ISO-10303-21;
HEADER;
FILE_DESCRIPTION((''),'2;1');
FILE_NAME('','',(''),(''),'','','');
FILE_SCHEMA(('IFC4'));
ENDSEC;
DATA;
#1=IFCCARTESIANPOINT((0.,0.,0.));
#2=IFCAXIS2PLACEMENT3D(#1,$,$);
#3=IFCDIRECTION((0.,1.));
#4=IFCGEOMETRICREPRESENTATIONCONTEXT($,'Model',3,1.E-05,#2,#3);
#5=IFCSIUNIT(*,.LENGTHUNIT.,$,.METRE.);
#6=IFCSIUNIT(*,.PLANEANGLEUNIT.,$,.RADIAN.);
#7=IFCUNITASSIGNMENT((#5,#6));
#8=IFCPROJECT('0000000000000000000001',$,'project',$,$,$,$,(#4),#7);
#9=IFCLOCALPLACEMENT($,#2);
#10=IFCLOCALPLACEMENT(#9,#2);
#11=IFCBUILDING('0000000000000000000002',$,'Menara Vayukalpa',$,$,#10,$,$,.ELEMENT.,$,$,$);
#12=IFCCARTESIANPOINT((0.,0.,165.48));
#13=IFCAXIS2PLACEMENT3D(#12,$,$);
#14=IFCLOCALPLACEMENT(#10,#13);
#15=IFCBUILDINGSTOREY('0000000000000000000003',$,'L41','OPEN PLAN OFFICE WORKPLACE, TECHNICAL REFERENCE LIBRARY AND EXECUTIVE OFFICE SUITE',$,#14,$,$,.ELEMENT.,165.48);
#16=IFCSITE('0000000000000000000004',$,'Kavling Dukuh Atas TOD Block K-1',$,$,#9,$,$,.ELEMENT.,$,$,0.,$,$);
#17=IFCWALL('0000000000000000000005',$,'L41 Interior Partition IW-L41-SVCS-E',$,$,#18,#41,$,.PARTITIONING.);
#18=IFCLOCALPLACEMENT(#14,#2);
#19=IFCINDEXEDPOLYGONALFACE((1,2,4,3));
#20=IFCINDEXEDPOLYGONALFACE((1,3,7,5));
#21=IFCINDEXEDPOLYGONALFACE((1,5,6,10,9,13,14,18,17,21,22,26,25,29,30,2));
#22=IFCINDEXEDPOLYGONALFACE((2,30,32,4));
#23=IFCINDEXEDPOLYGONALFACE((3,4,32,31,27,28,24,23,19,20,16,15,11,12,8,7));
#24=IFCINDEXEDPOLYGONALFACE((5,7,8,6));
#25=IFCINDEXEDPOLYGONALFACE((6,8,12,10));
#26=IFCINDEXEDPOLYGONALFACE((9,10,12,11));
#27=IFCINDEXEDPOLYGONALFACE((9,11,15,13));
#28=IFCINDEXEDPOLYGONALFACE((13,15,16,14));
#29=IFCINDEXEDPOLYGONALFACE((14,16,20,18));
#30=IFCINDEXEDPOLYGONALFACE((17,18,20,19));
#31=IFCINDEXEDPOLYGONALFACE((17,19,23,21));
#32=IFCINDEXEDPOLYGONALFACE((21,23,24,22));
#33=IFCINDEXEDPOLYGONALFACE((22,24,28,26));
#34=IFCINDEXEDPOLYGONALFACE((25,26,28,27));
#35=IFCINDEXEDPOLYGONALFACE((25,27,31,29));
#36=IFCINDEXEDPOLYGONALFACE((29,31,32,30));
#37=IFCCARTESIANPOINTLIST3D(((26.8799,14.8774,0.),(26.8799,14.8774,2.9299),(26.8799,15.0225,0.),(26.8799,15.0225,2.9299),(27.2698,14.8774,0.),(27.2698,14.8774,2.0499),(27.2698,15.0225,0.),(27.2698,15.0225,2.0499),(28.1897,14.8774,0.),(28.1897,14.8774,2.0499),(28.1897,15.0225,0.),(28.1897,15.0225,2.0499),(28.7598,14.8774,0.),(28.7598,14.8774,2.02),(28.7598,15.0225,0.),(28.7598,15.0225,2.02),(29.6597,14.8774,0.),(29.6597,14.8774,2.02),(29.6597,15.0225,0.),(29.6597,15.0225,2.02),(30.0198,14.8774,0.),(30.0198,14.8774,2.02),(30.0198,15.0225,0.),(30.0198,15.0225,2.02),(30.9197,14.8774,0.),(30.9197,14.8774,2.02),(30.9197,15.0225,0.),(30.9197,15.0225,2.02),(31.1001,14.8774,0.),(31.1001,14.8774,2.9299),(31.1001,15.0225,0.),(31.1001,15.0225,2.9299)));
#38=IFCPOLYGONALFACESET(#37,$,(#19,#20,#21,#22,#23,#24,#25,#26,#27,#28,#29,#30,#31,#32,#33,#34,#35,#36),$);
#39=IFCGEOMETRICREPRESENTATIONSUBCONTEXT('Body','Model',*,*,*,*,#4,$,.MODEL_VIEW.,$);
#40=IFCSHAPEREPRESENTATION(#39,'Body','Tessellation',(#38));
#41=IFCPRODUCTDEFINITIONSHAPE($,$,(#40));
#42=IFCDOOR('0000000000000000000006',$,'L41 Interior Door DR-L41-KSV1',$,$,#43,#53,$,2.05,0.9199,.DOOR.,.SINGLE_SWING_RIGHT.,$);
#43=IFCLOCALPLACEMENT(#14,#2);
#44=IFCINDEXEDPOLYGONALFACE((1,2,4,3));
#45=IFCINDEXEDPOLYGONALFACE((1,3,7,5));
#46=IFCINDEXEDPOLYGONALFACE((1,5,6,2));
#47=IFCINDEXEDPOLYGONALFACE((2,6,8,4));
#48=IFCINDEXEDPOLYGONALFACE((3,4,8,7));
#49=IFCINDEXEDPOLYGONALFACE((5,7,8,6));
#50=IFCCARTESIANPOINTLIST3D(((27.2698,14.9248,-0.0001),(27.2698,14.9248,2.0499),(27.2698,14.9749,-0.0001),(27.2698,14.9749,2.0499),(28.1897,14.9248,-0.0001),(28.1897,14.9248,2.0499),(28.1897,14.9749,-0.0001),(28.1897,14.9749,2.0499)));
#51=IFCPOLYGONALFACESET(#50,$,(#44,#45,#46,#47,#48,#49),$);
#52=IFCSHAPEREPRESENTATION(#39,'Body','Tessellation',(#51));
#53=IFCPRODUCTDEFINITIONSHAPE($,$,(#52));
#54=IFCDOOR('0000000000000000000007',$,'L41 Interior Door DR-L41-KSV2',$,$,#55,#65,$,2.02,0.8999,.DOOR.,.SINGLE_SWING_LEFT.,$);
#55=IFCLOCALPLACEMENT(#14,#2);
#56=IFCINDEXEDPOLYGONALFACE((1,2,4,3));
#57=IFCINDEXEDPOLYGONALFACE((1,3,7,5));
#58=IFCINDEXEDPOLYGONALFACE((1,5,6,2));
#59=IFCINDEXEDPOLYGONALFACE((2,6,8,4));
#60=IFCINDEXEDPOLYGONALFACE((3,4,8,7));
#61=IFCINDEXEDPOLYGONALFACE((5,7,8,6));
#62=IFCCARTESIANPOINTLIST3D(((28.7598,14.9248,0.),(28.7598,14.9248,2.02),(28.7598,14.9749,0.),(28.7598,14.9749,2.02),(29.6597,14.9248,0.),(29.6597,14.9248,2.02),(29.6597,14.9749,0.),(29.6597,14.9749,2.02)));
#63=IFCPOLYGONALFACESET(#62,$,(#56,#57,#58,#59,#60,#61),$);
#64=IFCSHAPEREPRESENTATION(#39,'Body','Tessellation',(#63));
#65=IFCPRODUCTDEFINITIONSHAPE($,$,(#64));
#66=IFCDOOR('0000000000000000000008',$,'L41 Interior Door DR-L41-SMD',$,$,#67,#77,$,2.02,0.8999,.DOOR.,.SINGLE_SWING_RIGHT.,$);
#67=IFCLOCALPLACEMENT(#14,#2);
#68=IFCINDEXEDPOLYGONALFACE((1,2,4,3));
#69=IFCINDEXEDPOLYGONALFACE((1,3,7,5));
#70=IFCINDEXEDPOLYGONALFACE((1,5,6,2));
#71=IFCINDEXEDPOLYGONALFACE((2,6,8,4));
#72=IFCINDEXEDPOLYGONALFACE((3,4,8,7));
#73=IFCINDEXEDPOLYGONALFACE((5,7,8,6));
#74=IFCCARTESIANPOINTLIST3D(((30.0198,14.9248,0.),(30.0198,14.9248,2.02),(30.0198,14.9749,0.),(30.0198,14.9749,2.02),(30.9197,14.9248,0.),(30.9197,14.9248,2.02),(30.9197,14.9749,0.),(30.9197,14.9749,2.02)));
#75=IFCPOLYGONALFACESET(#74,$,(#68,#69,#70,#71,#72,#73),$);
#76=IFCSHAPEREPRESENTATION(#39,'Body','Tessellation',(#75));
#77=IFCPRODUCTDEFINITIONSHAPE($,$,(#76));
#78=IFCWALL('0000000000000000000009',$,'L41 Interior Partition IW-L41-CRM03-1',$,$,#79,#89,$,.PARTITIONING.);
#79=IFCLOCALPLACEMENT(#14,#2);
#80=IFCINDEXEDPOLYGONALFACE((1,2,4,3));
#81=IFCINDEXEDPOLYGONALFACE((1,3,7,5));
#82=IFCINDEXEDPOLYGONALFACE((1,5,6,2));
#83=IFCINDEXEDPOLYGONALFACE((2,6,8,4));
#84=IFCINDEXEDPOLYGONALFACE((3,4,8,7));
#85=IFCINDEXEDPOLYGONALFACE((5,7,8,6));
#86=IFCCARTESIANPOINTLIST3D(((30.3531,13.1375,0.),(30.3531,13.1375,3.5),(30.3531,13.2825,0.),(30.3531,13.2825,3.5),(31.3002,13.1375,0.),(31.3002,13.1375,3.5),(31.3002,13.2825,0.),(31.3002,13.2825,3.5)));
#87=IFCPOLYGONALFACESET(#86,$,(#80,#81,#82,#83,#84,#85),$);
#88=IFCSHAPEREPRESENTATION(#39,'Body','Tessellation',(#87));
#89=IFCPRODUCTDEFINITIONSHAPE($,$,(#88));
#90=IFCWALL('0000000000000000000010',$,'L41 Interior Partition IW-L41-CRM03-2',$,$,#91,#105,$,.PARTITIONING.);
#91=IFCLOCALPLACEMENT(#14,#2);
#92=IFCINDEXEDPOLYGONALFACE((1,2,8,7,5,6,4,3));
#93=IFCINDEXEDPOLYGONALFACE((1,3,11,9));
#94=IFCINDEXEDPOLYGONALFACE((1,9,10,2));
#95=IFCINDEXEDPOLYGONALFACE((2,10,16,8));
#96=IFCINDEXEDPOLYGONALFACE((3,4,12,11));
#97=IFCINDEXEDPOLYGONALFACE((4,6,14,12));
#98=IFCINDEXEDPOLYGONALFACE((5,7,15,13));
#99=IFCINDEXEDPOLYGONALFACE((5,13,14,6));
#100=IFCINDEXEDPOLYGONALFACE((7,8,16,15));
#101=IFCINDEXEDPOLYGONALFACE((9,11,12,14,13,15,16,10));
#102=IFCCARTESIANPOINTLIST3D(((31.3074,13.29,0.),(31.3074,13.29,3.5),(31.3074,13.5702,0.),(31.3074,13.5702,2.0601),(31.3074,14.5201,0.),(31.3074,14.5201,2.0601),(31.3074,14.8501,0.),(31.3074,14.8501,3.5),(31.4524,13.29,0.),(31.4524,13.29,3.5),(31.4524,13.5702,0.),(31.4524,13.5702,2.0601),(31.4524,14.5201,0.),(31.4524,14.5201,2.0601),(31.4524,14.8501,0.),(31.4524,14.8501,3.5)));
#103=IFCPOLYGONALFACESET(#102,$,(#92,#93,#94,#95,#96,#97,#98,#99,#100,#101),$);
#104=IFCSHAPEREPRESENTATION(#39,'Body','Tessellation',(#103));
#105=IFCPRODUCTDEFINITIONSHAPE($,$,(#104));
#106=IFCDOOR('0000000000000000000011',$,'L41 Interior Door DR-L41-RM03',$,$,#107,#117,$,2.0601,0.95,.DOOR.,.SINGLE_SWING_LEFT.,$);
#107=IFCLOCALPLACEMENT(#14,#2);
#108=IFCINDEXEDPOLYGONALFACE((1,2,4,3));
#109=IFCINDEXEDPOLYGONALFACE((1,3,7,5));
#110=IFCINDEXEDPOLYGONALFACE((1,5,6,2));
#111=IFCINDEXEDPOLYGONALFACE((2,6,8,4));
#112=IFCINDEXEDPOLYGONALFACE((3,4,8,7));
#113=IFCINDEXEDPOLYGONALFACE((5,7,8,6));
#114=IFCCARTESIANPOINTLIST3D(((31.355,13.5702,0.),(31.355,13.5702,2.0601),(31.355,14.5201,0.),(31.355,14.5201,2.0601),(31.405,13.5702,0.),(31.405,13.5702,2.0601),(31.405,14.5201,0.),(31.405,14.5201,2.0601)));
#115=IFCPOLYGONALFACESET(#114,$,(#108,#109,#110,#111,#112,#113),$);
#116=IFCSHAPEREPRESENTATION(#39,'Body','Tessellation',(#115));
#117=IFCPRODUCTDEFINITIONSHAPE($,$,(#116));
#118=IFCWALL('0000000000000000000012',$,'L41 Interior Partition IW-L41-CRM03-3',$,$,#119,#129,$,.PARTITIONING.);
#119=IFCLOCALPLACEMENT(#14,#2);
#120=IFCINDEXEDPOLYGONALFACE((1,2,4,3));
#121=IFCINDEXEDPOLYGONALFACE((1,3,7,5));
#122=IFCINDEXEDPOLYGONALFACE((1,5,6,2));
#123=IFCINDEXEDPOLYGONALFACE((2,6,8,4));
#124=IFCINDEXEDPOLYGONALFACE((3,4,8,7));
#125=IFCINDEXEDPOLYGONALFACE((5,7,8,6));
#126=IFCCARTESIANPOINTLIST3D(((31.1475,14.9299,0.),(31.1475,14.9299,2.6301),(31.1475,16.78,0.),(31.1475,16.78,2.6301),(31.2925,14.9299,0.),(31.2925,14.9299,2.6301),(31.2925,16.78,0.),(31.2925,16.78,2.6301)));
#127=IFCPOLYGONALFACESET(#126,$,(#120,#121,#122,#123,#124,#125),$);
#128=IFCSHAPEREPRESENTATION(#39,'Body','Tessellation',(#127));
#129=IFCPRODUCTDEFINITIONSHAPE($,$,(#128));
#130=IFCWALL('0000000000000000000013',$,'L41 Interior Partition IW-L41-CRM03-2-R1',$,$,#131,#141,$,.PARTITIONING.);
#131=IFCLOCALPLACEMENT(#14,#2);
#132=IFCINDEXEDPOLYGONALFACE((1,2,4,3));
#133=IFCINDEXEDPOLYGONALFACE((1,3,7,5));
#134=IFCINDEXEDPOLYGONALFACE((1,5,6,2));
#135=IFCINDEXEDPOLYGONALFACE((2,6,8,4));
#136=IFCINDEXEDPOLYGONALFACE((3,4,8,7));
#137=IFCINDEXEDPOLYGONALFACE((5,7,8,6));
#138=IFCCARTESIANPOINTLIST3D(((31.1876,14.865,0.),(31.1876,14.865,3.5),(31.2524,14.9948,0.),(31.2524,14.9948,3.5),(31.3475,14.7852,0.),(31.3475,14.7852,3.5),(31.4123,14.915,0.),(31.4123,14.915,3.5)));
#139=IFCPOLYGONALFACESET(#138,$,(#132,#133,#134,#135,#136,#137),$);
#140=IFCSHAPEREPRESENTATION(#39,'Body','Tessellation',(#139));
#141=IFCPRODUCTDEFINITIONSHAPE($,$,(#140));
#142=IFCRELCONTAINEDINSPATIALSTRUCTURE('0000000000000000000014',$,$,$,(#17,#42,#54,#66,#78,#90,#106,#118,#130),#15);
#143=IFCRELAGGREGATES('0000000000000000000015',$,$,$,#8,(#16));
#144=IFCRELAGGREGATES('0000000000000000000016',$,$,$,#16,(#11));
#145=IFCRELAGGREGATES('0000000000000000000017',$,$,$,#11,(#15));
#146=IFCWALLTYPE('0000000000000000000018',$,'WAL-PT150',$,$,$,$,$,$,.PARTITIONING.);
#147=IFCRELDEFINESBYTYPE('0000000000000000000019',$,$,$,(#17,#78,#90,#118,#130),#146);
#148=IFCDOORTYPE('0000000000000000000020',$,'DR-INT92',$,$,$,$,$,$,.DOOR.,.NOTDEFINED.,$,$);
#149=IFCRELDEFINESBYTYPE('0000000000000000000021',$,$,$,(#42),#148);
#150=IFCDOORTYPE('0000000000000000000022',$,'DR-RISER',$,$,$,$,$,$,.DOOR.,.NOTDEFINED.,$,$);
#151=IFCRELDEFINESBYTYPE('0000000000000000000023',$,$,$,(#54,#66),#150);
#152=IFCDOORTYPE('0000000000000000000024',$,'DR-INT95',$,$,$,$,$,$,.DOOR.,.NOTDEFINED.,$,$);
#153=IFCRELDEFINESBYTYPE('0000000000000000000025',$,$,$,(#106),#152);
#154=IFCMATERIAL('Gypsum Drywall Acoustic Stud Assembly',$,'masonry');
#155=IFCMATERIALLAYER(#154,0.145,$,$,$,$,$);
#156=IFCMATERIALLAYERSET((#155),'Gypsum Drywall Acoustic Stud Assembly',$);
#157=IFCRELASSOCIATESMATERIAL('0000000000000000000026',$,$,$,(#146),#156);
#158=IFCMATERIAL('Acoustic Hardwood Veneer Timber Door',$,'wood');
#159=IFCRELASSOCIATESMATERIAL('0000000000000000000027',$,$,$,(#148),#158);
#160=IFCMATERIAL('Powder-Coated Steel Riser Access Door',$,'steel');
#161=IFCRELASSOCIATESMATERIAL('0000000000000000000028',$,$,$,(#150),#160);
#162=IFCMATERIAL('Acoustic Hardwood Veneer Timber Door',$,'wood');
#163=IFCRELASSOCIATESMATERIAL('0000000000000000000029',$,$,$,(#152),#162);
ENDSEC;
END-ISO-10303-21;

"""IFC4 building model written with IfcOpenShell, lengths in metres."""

from ifc_helpers import new_model, si_unit, direction, frame, frame_2d, origin, place, context, subcontext, project, spatial, rectangle, extrude, material, layer, layer_set, type_object, element, fill, save


model = new_model("IFC4")

# Units and contexts
model_context = context("Model", 3, precision=1e-05, world=origin(), true_north=direction((0.0, 1.0)))
body_context = subcontext(model_context, "Body", "Model", "MODEL_VIEW")
ifc_project = project(units=[si_unit("LENGTHUNIT", "METRE"), si_unit("PLANEANGLEUNIT", "RADIAN")], contexts=[model_context])

# Site, building, storey
site_placement = place(None, origin())
site = spatial("IfcSite", under=ifc_project, at=site_placement, Name="Kavling Dukuh Atas TOD Block K-1", CompositionType="ELEMENT", RefElevation=0.0)
building_placement = place(site_placement, origin())
building = spatial("IfcBuilding", under=site, at=building_placement, Name="Menara Vayukalpa", CompositionType="ELEMENT")
storey_placement = place(building_placement, frame((0.0, 0.0, 165.48)))
storey = spatial("IfcBuildingStorey", under=building, at=storey_placement, Name="L41", Description="OPEN PLAN OFFICE WORKPLACE, TECHNICAL REFERENCE LIBRARY AND EXECUTIVE OFFICE SUITE", CompositionType="ELEMENT", Elevation=165.48)

# Wall, openings, doors
ifc_material_1 = material(Name="Gypsum Drywall Acoustic Stud Assembly", Category="masonry")
ifc_layer_1 = layer(ifc_material_1, 0.145)
ifc_layer_set_1 = layer_set([ifc_layer_1], Name="Gypsum Drywall Acoustic Stud Assembly")
wall_type_1 = type_object("IfcWallType", Name="WAL-PT150", PredefinedType="PARTITIONING", material=ifc_layer_set_1)
wall_1_placement = place(storey_placement, frame((26.8799, 14.95, 0.0), z_axis=(0.0, 0.0, 1.0), x_axis=(1.0, 0.0, 0.0)))
wall_1 = element("IfcWall", 1, at=wall_1_placement, inside=storey, type_object=wall_type_1, Name="L41 Interior Partition IW-L41-SVCS-E", PredefinedType="PARTITIONING", context=body_context, shape_type="SweptSolid", body=[
    extrude(rectangle(XDim=4.2202, YDim=0.145, at=frame_2d((2.1101, 0.0))), origin(), (0.0, 0.0, 1.0), 2.9299),
])
opening_1_placement = place(wall_1_placement, frame((0.3899, 0.0, 0.0)))
opening_1 = element("IfcOpeningElement", 2, at=opening_1_placement, cuts=wall_1, PredefinedType="OPENING", context=body_context, shape_type="SweptSolid", body=[
    extrude(rectangle(XDim=0.9199, YDim=2.05, at=frame_2d((0.46, 1.0249))), frame((0.0, 0.0825, 0.0), z_axis=(0.0, -1.0, 0.0), x_axis=(1.0, 0.0, 0.0)), (0.0, 0.0, 1.0), 0.165),
])
opening_2_placement = place(wall_1_placement, frame((1.8799, 0.0, 0.0)))
opening_2 = element("IfcOpeningElement", 3, at=opening_2_placement, cuts=wall_1, PredefinedType="OPENING", context=body_context, shape_type="SweptSolid", body=[
    extrude(rectangle(XDim=0.8999, YDim=2.02, at=frame_2d((0.45, 1.01))), frame((0.0, 0.0825, 0.0), z_axis=(0.0, -1.0, 0.0), x_axis=(1.0, 0.0, 0.0)), (0.0, 0.0, 1.0), 0.165),
])
opening_3_placement = place(wall_1_placement, frame((3.1399, 0.0, 0.0)))
opening_3 = element("IfcOpeningElement", 4, at=opening_3_placement, cuts=wall_1, PredefinedType="OPENING", context=body_context, shape_type="SweptSolid", body=[
    extrude(rectangle(XDim=0.8999, YDim=2.02, at=frame_2d((0.45, 1.01))), frame((0.0, 0.0825, 0.0), z_axis=(0.0, -1.0, 0.0), x_axis=(1.0, 0.0, 0.0)), (0.0, 0.0, 1.0), 0.165),
])
ifc_material_2 = material(Name="Acoustic Hardwood Veneer Timber Door", Category="wood")
door_type_1 = type_object("IfcDoorType", Name="DR-INT92", OperationType="NOTDEFINED", PredefinedType="DOOR", material=ifc_material_2)
door_1_placement = place(opening_1_placement, origin())
door_1 = element("IfcDoor", 5, at=door_1_placement, inside=storey, type_object=door_type_1, Name="L41 Interior Door DR-L41-KSV1", OperationType="SINGLE_SWING_RIGHT", OverallHeight=2.05, OverallWidth=0.9199, PredefinedType="DOOR", context=body_context, shape_type="SweptSolid", body=[
    extrude(rectangle(XDim=0.9199, YDim=2.05, at=frame_2d((0.46, 1.0249))), frame((0.0, 0.0249, 0.0), z_axis=(0.0, -1.0, 0.0), x_axis=(1.0, 0.0, 0.0)), (0.0, 0.0, 1.0), 0.05),
])
fill(opening_1, door_1)
ifc_material_3 = material(Name="Powder-Coated Steel Riser Access Door", Category="steel")
door_type_2 = type_object("IfcDoorType", Name="DR-RISER", OperationType="NOTDEFINED", PredefinedType="DOOR", material=ifc_material_3)
door_2_placement = place(opening_2_placement, origin())
door_2 = element("IfcDoor", 6, at=door_2_placement, inside=storey, type_object=door_type_2, Name="L41 Interior Door DR-L41-KSV2", OperationType="SINGLE_SWING_LEFT", OverallHeight=2.02, OverallWidth=0.8999, PredefinedType="DOOR", context=body_context, shape_type="SweptSolid", body=[
    extrude(rectangle(XDim=0.8999, YDim=2.02, at=frame_2d((0.45, 1.01))), frame((0.0, 0.0249, 0.0), z_axis=(0.0, -1.0, 0.0), x_axis=(1.0, 0.0, 0.0)), (0.0, 0.0, 1.0), 0.05),
])
fill(opening_2, door_2)
door_3_placement = place(opening_3_placement, origin())
door_3 = element("IfcDoor", 7, at=door_3_placement, inside=storey, type_object=door_type_2, Name="L41 Interior Door DR-L41-SMD", OperationType="SINGLE_SWING_RIGHT", OverallHeight=2.02, OverallWidth=0.8999, PredefinedType="DOOR", context=body_context, shape_type="SweptSolid", body=[
    extrude(rectangle(XDim=0.8999, YDim=2.02, at=frame_2d((0.45, 1.01))), frame((0.0, 0.0249, 0.0), z_axis=(0.0, -1.0, 0.0), x_axis=(1.0, 0.0, 0.0)), (0.0, 0.0, 1.0), 0.05),
])
fill(opening_3, door_3)

# Wall
wall_2_placement = place(storey_placement, frame((30.353, 13.21, 0.0), z_axis=(0.0, 0.0, 1.0), x_axis=(1.0, 0.0, 0.0)))
element("IfcWall", 8, at=wall_2_placement, inside=storey, type_object=wall_type_1, Name="L41 Interior Partition IW-L41-CRM03-1", PredefinedType="PARTITIONING", context=body_context, shape_type="SweptSolid", body=[
    extrude(rectangle(XDim=0.947, YDim=0.145, at=frame_2d((0.4736, 0.0))), origin(), (0.0, 0.0, 1.0), 3.5),
])

# Wall, opening, door
wall_3_placement = place(storey_placement, frame((31.3799, 13.29, 0.0), z_axis=(0.0, 0.0, 1.0), x_axis=(0.0, 1.0, 0.0)))
wall_3 = element("IfcWall", 9, at=wall_3_placement, inside=storey, type_object=wall_type_1, Name="L41 Interior Partition IW-L41-CRM03-2", PredefinedType="PARTITIONING", context=body_context, shape_type="SweptSolid", body=[
    extrude(rectangle(XDim=1.5601, YDim=0.145, at=frame_2d((0.78, 0.0))), origin(), (0.0, 0.0, 1.0), 3.5),
])
opening_4_placement = place(wall_3_placement, frame((0.28, 0.0, 0.0)))
opening_4 = element("IfcOpeningElement", 10, at=opening_4_placement, cuts=wall_3, PredefinedType="OPENING", context=body_context, shape_type="SweptSolid", body=[
    extrude(rectangle(XDim=0.95, YDim=2.0601, at=frame_2d((0.4751, 1.03))), frame((0.0, 0.0825, 0.0), z_axis=(0.0, -1.0, 0.0), x_axis=(1.0, 0.0, 0.0)), (0.0, 0.0, 1.0), 0.165),
])
ifc_material_4 = material(Name="Acoustic Hardwood Veneer Timber Door", Category="wood")
door_type_3 = type_object("IfcDoorType", Name="DR-INT95", OperationType="NOTDEFINED", PredefinedType="DOOR", material=ifc_material_4)
door_4_placement = place(opening_4_placement, origin())
door_4 = element("IfcDoor", 11, at=door_4_placement, inside=storey, type_object=door_type_3, Name="L41 Interior Door DR-L41-RM03", OperationType="SINGLE_SWING_LEFT", OverallHeight=2.0601, OverallWidth=0.95, PredefinedType="DOOR", context=body_context, shape_type="SweptSolid", body=[
    extrude(rectangle(XDim=0.95, YDim=2.0601, at=frame_2d((0.4751, 1.03))), frame((0.0, 0.0249, 0.0), z_axis=(0.0, -1.0, 0.0), x_axis=(1.0, 0.0, 0.0)), (0.0, 0.0, 1.0), 0.05),
])
fill(opening_4, door_4)

# Walls
wall_4_placement = place(storey_placement, frame((31.22, 14.9299, 0.0), z_axis=(0.0, 0.0, 1.0), x_axis=(0.0, 1.0, 0.0)))
element("IfcWall", 12, at=wall_4_placement, inside=storey, type_object=wall_type_1, Name="L41 Interior Partition IW-L41-CRM03-3", PredefinedType="PARTITIONING", context=body_context, shape_type="SweptSolid", body=[
    extrude(rectangle(XDim=1.8501, YDim=0.145, at=frame_2d((0.925, 0.0))), origin(), (0.0, 0.0, 1.0), 2.6301),
])
wall_5_placement = place(storey_placement, frame((31.3799, 14.8501, 0.0), z_axis=(0.0, 0.0, 1.0), x_axis=(-0.8947, 0.446667, 0.0)))
element("IfcWall", 13, at=wall_5_placement, inside=storey, type_object=wall_type_1, Name="L41 Interior Partition IW-L41-CRM03-2-R1", PredefinedType="PARTITIONING", context=body_context, shape_type="SweptSolid", body=[
    extrude(rectangle(XDim=0.1787, YDim=0.145, at=frame_2d((0.0894, 0.0))), origin(), (0.0, 0.0, 1.0), 3.5),
])

save(model, "model.ifc")
